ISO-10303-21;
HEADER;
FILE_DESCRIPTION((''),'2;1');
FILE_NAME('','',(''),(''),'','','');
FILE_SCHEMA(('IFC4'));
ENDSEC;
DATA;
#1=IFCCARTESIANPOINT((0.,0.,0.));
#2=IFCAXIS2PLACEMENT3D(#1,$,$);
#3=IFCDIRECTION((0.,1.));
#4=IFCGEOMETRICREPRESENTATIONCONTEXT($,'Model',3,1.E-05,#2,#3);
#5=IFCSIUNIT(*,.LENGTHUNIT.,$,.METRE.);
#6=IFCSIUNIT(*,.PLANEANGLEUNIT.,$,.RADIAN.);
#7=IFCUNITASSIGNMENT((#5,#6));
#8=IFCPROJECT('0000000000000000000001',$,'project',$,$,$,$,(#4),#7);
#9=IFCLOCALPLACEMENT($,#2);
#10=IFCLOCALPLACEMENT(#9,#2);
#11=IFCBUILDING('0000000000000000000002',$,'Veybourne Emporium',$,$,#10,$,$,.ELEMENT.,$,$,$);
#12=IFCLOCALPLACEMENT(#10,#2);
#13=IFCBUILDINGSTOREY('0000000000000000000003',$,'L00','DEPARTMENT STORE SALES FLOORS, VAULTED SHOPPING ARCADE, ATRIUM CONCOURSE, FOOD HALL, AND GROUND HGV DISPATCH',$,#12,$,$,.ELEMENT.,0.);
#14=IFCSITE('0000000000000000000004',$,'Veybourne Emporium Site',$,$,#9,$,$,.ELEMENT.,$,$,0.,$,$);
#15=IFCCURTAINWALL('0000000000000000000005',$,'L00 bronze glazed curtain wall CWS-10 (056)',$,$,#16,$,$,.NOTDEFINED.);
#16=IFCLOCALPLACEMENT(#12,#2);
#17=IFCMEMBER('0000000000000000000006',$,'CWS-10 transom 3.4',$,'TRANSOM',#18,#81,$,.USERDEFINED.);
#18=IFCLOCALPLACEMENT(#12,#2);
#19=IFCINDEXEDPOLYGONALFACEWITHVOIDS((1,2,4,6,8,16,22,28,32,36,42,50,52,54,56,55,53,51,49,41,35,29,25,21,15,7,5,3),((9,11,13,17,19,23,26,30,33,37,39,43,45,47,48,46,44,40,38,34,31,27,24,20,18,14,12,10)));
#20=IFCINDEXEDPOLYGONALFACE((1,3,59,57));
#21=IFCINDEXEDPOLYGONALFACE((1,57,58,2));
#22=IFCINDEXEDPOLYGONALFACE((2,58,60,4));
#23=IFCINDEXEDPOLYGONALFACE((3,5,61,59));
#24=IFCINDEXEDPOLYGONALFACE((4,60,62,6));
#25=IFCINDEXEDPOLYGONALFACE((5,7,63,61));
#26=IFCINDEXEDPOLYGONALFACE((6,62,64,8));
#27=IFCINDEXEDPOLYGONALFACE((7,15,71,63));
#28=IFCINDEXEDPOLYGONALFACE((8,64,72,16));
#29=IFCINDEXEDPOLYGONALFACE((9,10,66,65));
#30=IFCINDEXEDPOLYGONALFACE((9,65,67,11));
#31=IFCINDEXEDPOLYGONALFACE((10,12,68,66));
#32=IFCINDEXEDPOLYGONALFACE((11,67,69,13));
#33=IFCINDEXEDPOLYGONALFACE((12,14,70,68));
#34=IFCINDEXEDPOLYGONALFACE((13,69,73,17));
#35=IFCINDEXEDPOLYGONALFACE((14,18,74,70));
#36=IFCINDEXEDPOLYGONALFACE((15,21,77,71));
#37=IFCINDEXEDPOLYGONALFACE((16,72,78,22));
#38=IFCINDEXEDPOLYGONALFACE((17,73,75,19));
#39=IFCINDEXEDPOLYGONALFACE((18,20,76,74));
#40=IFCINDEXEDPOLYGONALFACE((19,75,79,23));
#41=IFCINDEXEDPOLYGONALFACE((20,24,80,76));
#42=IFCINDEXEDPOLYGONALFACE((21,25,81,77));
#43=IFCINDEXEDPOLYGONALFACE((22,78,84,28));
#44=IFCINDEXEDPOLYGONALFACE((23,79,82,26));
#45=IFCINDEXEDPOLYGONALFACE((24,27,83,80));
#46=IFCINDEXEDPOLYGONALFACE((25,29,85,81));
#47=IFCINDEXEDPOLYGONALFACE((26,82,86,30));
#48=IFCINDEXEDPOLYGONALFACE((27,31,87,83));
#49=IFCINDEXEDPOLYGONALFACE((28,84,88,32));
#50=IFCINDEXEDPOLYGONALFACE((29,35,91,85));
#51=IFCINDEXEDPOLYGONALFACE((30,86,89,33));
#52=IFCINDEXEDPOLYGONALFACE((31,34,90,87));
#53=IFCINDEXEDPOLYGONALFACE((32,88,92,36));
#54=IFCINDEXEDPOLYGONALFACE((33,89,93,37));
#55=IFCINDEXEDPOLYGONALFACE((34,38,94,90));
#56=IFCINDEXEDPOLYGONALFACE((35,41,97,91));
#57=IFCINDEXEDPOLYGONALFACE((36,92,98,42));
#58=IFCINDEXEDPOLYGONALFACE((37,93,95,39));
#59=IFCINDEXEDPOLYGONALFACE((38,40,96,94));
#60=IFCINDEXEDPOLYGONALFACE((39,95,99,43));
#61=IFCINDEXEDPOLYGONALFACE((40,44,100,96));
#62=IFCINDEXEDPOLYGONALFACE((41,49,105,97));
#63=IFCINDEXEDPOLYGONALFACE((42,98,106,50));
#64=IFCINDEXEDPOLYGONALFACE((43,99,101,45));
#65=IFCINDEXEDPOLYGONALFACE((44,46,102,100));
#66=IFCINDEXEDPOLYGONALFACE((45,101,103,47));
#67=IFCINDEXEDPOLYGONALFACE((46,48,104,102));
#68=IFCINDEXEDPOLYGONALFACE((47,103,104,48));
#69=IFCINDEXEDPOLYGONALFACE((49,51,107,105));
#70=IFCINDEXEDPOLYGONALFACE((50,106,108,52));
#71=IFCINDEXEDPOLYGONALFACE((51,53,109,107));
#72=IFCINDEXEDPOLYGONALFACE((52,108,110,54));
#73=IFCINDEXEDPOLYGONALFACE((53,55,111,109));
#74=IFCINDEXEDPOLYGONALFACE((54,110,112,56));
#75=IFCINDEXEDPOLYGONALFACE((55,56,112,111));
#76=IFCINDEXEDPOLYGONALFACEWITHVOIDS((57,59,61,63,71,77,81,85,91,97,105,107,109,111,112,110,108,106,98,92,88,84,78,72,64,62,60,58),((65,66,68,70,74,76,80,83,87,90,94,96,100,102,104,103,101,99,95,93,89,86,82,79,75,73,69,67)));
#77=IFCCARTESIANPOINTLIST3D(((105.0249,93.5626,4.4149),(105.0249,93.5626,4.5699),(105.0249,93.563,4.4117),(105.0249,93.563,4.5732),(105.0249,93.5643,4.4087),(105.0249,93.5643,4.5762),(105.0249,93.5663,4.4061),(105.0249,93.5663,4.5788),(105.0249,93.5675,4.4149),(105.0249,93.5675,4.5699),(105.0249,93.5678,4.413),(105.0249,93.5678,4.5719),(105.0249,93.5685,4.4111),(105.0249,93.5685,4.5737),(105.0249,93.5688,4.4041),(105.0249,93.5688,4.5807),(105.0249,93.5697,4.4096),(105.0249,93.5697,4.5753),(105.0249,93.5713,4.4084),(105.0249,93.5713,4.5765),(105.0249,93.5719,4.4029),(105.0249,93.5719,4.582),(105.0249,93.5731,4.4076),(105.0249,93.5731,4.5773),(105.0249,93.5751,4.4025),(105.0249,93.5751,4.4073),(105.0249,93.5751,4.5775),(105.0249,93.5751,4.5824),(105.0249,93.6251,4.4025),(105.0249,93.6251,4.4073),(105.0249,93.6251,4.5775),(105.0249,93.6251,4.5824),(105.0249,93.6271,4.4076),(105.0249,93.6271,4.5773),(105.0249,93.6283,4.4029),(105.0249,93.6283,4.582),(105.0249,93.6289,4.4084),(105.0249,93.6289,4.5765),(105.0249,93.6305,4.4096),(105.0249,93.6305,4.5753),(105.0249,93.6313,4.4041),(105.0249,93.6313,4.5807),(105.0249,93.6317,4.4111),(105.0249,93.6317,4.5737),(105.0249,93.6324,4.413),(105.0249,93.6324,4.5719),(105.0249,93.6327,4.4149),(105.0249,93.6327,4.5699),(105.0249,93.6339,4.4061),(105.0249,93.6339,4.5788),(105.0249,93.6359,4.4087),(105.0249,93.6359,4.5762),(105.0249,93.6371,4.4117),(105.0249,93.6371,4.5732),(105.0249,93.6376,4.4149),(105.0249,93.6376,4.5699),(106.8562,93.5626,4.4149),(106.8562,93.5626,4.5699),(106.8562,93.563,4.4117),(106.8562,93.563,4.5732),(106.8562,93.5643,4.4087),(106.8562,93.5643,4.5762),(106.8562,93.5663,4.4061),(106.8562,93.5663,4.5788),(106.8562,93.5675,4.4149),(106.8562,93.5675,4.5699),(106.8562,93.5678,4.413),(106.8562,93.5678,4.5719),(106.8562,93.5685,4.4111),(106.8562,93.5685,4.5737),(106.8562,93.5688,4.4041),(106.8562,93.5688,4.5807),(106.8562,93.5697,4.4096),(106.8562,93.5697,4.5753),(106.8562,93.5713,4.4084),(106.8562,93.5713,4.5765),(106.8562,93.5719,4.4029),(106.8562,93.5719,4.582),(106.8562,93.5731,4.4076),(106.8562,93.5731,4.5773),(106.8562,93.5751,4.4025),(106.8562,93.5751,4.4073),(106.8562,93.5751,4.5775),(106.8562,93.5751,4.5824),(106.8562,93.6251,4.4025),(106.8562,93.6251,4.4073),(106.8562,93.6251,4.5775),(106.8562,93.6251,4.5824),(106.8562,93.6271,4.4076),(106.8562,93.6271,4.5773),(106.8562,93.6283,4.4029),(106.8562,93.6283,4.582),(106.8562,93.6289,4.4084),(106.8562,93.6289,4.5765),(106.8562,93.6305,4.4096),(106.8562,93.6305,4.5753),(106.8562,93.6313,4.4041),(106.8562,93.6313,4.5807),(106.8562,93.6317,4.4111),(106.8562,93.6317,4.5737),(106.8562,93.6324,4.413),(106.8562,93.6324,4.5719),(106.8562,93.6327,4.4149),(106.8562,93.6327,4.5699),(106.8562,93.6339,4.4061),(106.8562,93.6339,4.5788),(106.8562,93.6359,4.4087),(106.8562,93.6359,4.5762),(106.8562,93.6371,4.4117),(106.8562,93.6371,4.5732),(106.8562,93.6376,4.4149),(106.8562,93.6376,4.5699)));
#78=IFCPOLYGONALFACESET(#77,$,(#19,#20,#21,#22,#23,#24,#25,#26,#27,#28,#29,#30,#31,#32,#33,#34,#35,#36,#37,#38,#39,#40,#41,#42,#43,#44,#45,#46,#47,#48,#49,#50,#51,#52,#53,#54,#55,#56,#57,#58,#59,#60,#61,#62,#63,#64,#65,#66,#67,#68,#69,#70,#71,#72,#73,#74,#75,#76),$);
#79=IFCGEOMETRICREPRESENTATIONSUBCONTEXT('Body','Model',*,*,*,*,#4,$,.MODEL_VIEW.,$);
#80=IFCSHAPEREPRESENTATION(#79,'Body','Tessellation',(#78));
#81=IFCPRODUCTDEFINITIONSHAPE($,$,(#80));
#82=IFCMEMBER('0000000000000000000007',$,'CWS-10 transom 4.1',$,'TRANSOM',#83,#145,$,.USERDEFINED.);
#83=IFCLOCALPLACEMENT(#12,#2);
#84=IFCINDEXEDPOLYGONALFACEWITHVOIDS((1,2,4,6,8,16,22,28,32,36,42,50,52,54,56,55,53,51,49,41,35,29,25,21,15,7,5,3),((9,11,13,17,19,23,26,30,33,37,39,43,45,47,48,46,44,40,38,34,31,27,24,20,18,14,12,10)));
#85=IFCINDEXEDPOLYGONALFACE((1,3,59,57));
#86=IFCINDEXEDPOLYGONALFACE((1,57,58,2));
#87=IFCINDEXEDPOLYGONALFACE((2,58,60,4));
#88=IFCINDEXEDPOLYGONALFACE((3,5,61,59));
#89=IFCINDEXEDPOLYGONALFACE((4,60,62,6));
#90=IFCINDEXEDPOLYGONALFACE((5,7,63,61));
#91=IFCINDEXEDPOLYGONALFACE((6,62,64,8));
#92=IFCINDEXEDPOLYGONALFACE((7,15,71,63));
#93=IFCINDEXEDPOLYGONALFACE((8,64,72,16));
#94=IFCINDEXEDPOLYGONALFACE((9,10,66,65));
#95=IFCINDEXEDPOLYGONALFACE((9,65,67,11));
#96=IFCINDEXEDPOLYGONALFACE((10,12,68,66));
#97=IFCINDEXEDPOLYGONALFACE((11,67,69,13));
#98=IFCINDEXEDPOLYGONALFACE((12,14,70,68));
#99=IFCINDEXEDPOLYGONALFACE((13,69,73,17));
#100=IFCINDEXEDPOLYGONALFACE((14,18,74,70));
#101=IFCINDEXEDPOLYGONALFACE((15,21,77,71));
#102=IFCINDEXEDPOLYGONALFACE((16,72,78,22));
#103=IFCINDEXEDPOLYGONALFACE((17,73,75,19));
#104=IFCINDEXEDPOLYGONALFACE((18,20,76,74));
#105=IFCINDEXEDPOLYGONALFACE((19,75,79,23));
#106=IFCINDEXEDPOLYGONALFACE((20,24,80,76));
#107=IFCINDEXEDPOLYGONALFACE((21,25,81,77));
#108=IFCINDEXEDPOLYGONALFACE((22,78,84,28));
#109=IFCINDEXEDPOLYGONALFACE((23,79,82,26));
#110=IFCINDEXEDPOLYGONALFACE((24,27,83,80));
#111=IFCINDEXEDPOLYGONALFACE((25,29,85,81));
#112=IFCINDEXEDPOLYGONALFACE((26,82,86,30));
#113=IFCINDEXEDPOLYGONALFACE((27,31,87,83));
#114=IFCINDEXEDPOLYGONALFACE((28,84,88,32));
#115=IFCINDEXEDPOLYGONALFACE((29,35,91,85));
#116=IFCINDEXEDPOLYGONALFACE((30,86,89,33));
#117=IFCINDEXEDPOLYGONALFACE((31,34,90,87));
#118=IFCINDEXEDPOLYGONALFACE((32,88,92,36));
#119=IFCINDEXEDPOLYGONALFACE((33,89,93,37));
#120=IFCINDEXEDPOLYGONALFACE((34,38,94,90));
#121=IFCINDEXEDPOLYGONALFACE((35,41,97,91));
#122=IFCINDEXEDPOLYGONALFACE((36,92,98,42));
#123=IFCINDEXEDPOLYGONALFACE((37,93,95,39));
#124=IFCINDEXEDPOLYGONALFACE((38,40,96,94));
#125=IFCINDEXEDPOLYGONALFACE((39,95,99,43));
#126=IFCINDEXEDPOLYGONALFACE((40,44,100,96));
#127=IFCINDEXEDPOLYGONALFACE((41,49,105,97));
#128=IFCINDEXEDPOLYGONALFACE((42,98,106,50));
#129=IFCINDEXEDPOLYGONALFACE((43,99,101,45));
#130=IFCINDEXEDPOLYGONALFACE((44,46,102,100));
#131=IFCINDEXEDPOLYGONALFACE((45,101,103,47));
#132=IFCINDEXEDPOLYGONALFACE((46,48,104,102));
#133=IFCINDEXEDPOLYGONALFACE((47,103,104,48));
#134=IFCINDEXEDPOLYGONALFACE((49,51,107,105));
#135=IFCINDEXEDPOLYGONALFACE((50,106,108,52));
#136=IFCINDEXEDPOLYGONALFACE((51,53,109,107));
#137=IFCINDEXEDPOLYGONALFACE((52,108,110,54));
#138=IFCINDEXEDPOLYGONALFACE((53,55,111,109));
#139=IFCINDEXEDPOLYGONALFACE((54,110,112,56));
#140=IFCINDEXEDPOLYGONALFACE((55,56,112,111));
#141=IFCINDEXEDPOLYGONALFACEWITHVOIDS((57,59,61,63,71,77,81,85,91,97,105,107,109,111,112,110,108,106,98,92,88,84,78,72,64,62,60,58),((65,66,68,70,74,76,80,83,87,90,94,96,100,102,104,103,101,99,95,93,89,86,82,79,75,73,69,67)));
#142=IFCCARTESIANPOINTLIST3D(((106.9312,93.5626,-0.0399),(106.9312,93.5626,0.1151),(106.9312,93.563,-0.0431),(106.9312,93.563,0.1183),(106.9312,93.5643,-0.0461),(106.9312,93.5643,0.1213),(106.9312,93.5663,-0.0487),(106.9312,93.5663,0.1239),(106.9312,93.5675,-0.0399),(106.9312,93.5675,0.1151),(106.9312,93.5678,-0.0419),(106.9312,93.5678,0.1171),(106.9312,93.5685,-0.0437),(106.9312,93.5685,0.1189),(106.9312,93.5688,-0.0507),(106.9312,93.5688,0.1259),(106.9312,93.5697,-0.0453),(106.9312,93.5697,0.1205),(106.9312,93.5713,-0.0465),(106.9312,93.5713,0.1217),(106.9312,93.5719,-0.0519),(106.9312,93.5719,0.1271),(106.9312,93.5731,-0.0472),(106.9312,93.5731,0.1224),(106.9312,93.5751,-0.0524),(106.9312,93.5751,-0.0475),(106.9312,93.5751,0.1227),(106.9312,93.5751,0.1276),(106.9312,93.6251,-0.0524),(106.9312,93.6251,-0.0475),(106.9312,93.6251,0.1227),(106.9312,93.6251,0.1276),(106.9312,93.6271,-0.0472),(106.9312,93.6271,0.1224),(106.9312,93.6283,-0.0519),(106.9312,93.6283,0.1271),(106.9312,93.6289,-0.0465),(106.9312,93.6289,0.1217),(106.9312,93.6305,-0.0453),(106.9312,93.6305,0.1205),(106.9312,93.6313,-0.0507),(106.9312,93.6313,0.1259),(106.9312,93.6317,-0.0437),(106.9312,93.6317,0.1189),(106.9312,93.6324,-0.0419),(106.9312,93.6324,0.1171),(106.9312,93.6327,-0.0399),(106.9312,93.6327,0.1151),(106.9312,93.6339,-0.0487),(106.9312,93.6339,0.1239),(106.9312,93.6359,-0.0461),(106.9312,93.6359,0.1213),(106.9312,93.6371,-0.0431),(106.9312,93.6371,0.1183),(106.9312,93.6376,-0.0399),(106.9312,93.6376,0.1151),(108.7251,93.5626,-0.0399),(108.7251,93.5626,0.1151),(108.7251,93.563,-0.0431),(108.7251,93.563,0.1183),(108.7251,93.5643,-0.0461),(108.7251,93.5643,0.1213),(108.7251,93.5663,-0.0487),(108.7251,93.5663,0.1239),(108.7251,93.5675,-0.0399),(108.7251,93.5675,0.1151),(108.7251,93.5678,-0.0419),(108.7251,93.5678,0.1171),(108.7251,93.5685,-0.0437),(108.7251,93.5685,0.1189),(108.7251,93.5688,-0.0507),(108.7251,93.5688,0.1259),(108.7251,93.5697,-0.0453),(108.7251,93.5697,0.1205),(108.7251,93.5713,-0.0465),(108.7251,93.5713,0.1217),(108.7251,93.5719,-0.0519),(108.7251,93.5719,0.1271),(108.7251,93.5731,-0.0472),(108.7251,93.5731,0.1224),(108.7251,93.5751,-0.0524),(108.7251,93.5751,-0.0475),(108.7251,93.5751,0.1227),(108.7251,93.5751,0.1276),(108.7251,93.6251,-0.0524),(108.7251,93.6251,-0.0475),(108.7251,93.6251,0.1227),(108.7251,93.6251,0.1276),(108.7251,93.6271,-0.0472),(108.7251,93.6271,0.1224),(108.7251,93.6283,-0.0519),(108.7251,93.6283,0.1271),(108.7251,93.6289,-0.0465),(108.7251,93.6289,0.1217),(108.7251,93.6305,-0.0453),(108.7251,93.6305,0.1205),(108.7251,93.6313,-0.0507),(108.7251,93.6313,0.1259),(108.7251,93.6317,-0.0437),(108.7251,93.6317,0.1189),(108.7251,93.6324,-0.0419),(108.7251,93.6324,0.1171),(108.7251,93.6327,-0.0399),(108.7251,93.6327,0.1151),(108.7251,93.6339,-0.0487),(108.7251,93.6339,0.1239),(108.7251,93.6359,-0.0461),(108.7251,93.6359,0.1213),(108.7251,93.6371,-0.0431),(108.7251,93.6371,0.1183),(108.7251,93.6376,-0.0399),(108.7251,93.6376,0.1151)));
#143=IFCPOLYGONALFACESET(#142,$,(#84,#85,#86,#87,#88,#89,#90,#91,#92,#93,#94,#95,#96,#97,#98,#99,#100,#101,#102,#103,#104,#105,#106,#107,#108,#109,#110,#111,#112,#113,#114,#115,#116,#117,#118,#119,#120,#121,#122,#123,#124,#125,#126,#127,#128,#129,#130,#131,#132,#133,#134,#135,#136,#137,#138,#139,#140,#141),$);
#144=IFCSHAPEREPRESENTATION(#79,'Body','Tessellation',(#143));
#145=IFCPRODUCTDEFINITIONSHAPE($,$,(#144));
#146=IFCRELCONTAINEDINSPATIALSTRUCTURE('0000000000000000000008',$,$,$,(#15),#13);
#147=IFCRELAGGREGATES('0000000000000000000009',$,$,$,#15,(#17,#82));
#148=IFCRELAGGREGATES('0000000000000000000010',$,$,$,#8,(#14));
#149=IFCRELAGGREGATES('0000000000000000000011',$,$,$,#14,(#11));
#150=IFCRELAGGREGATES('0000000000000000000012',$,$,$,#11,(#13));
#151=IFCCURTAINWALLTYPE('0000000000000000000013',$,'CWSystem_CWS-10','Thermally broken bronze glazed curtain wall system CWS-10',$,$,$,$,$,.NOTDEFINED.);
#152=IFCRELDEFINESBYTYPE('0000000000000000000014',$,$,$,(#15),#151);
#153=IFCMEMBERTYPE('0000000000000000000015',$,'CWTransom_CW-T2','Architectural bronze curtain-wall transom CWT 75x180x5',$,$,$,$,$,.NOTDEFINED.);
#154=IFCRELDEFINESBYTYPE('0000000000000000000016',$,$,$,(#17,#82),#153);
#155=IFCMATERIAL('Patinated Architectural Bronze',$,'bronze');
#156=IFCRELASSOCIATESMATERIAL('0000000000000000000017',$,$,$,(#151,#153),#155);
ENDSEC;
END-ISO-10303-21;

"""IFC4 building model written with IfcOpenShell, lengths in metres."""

from ifc_helpers import new_model, si_unit, direction, frame, origin, origin_2d, place, context, subcontext, project, spatial, hollow_rectangle, extrude, material, material_profile, profile_set, type_object, element, aggregate, save


model = new_model("IFC4")

# Units and contexts
model_context = context("Model", 3, precision=1e-05, world=origin(), true_north=direction((0.0, 1.0)))
body_context = subcontext(model_context, "Body", "Model", "MODEL_VIEW")
ifc_project = project(units=[si_unit("LENGTHUNIT", "METRE"), si_unit("PLANEANGLEUNIT", "RADIAN")], contexts=[model_context])

# Site, building, storey
site_placement = place(None, origin())
site = spatial("IfcSite", under=ifc_project, at=site_placement, Name="Veybourne Emporium Site", CompositionType="ELEMENT", RefElevation=0.0)
building_placement = place(site_placement, origin())
building = spatial("IfcBuilding", under=site, at=building_placement, Name="Veybourne Emporium", CompositionType="ELEMENT")
storey_placement = place(building_placement, origin())
storey = spatial("IfcBuildingStorey", under=building, at=storey_placement, Name="L00", Description="DEPARTMENT STORE SALES FLOORS, VAULTED SHOPPING ARCADE, ATRIUM CONCOURSE, FOOD HALL, AND GROUND HGV DISPATCH", CompositionType="ELEMENT", Elevation=0.0)

# Curtain wall, members
ifc_material_1 = material(Name="Patinated Architectural Bronze", Category="bronze")
curtain_wall_type = type_object("IfcCurtainWallType", Name="CWSystem_CWS-10", Description="Thermally broken bronze glazed curtain wall system CWS-10", PredefinedType="NOTDEFINED", material=ifc_material_1)
curtain_wall_placement = place(storey_placement, origin())
curtain_wall = element("IfcCurtainWall", 1, at=curtain_wall_placement, inside=storey, type_object=curtain_wall_type, Name="L00 bronze glazed curtain wall CWS-10 (056)", PredefinedType="NOTDEFINED")
ifc_material_profile_1 = material_profile(ifc_material_1, hollow_rectangle(XDim=0.075, YDim=0.1799, WallThickness=0.0049, InnerFilletRadius=0.0076, OuterFilletRadius=0.0125, at=origin_2d()), Name="CWT 75x180x5")
ifc_profile_set_1 = profile_set([ifc_material_profile_1], Name="Patinated Architectural Bronze")
member_type_1 = type_object("IfcMemberType", Name="CWTransom_CW-T2", Description="Architectural bronze curtain-wall transom CWT 75x180x5", PredefinedType="NOTDEFINED", material=ifc_profile_set_1)
member_1_placement = place(storey_placement, frame((105.0249, 93.6001, 4.4924), z_axis=(1.0, 0.0, 0.0), x_axis=(0.0, 1.0, 0.0)))
member_1 = element("IfcMember", 2, at=member_1_placement, type_object=member_type_1, Name="CWS-10 transom 3.4", ObjectType="TRANSOM", PredefinedType="USERDEFINED", context=body_context, shape_type="SweptSolid", body=[
    extrude(hollow_rectangle(XDim=0.075, YDim=0.1799, WallThickness=0.0049, InnerFilletRadius=0.0076, OuterFilletRadius=0.0125, at=origin_2d()), origin(), (0.0, 0.0, 1.0), 1.8313),
])
member_2_placement = place(storey_placement, frame((106.9312, 93.6001, 0.0376), z_axis=(1.0, 0.0, 0.0), x_axis=(0.0, 1.0, 0.0)))
member_2 = element("IfcMember", 3, at=member_2_placement, type_object=member_type_1, Name="CWS-10 transom 4.1", ObjectType="TRANSOM", PredefinedType="USERDEFINED", context=body_context, shape_type="SweptSolid", body=[
    extrude(hollow_rectangle(XDim=0.075, YDim=0.1799, WallThickness=0.0049, InnerFilletRadius=0.0076, OuterFilletRadius=0.0125, at=origin_2d()), origin(), (0.0, 0.0, 1.0), 1.7939),
])

aggregate(curtain_wall, [member_1, member_2])

save(model, "model.ifc")
